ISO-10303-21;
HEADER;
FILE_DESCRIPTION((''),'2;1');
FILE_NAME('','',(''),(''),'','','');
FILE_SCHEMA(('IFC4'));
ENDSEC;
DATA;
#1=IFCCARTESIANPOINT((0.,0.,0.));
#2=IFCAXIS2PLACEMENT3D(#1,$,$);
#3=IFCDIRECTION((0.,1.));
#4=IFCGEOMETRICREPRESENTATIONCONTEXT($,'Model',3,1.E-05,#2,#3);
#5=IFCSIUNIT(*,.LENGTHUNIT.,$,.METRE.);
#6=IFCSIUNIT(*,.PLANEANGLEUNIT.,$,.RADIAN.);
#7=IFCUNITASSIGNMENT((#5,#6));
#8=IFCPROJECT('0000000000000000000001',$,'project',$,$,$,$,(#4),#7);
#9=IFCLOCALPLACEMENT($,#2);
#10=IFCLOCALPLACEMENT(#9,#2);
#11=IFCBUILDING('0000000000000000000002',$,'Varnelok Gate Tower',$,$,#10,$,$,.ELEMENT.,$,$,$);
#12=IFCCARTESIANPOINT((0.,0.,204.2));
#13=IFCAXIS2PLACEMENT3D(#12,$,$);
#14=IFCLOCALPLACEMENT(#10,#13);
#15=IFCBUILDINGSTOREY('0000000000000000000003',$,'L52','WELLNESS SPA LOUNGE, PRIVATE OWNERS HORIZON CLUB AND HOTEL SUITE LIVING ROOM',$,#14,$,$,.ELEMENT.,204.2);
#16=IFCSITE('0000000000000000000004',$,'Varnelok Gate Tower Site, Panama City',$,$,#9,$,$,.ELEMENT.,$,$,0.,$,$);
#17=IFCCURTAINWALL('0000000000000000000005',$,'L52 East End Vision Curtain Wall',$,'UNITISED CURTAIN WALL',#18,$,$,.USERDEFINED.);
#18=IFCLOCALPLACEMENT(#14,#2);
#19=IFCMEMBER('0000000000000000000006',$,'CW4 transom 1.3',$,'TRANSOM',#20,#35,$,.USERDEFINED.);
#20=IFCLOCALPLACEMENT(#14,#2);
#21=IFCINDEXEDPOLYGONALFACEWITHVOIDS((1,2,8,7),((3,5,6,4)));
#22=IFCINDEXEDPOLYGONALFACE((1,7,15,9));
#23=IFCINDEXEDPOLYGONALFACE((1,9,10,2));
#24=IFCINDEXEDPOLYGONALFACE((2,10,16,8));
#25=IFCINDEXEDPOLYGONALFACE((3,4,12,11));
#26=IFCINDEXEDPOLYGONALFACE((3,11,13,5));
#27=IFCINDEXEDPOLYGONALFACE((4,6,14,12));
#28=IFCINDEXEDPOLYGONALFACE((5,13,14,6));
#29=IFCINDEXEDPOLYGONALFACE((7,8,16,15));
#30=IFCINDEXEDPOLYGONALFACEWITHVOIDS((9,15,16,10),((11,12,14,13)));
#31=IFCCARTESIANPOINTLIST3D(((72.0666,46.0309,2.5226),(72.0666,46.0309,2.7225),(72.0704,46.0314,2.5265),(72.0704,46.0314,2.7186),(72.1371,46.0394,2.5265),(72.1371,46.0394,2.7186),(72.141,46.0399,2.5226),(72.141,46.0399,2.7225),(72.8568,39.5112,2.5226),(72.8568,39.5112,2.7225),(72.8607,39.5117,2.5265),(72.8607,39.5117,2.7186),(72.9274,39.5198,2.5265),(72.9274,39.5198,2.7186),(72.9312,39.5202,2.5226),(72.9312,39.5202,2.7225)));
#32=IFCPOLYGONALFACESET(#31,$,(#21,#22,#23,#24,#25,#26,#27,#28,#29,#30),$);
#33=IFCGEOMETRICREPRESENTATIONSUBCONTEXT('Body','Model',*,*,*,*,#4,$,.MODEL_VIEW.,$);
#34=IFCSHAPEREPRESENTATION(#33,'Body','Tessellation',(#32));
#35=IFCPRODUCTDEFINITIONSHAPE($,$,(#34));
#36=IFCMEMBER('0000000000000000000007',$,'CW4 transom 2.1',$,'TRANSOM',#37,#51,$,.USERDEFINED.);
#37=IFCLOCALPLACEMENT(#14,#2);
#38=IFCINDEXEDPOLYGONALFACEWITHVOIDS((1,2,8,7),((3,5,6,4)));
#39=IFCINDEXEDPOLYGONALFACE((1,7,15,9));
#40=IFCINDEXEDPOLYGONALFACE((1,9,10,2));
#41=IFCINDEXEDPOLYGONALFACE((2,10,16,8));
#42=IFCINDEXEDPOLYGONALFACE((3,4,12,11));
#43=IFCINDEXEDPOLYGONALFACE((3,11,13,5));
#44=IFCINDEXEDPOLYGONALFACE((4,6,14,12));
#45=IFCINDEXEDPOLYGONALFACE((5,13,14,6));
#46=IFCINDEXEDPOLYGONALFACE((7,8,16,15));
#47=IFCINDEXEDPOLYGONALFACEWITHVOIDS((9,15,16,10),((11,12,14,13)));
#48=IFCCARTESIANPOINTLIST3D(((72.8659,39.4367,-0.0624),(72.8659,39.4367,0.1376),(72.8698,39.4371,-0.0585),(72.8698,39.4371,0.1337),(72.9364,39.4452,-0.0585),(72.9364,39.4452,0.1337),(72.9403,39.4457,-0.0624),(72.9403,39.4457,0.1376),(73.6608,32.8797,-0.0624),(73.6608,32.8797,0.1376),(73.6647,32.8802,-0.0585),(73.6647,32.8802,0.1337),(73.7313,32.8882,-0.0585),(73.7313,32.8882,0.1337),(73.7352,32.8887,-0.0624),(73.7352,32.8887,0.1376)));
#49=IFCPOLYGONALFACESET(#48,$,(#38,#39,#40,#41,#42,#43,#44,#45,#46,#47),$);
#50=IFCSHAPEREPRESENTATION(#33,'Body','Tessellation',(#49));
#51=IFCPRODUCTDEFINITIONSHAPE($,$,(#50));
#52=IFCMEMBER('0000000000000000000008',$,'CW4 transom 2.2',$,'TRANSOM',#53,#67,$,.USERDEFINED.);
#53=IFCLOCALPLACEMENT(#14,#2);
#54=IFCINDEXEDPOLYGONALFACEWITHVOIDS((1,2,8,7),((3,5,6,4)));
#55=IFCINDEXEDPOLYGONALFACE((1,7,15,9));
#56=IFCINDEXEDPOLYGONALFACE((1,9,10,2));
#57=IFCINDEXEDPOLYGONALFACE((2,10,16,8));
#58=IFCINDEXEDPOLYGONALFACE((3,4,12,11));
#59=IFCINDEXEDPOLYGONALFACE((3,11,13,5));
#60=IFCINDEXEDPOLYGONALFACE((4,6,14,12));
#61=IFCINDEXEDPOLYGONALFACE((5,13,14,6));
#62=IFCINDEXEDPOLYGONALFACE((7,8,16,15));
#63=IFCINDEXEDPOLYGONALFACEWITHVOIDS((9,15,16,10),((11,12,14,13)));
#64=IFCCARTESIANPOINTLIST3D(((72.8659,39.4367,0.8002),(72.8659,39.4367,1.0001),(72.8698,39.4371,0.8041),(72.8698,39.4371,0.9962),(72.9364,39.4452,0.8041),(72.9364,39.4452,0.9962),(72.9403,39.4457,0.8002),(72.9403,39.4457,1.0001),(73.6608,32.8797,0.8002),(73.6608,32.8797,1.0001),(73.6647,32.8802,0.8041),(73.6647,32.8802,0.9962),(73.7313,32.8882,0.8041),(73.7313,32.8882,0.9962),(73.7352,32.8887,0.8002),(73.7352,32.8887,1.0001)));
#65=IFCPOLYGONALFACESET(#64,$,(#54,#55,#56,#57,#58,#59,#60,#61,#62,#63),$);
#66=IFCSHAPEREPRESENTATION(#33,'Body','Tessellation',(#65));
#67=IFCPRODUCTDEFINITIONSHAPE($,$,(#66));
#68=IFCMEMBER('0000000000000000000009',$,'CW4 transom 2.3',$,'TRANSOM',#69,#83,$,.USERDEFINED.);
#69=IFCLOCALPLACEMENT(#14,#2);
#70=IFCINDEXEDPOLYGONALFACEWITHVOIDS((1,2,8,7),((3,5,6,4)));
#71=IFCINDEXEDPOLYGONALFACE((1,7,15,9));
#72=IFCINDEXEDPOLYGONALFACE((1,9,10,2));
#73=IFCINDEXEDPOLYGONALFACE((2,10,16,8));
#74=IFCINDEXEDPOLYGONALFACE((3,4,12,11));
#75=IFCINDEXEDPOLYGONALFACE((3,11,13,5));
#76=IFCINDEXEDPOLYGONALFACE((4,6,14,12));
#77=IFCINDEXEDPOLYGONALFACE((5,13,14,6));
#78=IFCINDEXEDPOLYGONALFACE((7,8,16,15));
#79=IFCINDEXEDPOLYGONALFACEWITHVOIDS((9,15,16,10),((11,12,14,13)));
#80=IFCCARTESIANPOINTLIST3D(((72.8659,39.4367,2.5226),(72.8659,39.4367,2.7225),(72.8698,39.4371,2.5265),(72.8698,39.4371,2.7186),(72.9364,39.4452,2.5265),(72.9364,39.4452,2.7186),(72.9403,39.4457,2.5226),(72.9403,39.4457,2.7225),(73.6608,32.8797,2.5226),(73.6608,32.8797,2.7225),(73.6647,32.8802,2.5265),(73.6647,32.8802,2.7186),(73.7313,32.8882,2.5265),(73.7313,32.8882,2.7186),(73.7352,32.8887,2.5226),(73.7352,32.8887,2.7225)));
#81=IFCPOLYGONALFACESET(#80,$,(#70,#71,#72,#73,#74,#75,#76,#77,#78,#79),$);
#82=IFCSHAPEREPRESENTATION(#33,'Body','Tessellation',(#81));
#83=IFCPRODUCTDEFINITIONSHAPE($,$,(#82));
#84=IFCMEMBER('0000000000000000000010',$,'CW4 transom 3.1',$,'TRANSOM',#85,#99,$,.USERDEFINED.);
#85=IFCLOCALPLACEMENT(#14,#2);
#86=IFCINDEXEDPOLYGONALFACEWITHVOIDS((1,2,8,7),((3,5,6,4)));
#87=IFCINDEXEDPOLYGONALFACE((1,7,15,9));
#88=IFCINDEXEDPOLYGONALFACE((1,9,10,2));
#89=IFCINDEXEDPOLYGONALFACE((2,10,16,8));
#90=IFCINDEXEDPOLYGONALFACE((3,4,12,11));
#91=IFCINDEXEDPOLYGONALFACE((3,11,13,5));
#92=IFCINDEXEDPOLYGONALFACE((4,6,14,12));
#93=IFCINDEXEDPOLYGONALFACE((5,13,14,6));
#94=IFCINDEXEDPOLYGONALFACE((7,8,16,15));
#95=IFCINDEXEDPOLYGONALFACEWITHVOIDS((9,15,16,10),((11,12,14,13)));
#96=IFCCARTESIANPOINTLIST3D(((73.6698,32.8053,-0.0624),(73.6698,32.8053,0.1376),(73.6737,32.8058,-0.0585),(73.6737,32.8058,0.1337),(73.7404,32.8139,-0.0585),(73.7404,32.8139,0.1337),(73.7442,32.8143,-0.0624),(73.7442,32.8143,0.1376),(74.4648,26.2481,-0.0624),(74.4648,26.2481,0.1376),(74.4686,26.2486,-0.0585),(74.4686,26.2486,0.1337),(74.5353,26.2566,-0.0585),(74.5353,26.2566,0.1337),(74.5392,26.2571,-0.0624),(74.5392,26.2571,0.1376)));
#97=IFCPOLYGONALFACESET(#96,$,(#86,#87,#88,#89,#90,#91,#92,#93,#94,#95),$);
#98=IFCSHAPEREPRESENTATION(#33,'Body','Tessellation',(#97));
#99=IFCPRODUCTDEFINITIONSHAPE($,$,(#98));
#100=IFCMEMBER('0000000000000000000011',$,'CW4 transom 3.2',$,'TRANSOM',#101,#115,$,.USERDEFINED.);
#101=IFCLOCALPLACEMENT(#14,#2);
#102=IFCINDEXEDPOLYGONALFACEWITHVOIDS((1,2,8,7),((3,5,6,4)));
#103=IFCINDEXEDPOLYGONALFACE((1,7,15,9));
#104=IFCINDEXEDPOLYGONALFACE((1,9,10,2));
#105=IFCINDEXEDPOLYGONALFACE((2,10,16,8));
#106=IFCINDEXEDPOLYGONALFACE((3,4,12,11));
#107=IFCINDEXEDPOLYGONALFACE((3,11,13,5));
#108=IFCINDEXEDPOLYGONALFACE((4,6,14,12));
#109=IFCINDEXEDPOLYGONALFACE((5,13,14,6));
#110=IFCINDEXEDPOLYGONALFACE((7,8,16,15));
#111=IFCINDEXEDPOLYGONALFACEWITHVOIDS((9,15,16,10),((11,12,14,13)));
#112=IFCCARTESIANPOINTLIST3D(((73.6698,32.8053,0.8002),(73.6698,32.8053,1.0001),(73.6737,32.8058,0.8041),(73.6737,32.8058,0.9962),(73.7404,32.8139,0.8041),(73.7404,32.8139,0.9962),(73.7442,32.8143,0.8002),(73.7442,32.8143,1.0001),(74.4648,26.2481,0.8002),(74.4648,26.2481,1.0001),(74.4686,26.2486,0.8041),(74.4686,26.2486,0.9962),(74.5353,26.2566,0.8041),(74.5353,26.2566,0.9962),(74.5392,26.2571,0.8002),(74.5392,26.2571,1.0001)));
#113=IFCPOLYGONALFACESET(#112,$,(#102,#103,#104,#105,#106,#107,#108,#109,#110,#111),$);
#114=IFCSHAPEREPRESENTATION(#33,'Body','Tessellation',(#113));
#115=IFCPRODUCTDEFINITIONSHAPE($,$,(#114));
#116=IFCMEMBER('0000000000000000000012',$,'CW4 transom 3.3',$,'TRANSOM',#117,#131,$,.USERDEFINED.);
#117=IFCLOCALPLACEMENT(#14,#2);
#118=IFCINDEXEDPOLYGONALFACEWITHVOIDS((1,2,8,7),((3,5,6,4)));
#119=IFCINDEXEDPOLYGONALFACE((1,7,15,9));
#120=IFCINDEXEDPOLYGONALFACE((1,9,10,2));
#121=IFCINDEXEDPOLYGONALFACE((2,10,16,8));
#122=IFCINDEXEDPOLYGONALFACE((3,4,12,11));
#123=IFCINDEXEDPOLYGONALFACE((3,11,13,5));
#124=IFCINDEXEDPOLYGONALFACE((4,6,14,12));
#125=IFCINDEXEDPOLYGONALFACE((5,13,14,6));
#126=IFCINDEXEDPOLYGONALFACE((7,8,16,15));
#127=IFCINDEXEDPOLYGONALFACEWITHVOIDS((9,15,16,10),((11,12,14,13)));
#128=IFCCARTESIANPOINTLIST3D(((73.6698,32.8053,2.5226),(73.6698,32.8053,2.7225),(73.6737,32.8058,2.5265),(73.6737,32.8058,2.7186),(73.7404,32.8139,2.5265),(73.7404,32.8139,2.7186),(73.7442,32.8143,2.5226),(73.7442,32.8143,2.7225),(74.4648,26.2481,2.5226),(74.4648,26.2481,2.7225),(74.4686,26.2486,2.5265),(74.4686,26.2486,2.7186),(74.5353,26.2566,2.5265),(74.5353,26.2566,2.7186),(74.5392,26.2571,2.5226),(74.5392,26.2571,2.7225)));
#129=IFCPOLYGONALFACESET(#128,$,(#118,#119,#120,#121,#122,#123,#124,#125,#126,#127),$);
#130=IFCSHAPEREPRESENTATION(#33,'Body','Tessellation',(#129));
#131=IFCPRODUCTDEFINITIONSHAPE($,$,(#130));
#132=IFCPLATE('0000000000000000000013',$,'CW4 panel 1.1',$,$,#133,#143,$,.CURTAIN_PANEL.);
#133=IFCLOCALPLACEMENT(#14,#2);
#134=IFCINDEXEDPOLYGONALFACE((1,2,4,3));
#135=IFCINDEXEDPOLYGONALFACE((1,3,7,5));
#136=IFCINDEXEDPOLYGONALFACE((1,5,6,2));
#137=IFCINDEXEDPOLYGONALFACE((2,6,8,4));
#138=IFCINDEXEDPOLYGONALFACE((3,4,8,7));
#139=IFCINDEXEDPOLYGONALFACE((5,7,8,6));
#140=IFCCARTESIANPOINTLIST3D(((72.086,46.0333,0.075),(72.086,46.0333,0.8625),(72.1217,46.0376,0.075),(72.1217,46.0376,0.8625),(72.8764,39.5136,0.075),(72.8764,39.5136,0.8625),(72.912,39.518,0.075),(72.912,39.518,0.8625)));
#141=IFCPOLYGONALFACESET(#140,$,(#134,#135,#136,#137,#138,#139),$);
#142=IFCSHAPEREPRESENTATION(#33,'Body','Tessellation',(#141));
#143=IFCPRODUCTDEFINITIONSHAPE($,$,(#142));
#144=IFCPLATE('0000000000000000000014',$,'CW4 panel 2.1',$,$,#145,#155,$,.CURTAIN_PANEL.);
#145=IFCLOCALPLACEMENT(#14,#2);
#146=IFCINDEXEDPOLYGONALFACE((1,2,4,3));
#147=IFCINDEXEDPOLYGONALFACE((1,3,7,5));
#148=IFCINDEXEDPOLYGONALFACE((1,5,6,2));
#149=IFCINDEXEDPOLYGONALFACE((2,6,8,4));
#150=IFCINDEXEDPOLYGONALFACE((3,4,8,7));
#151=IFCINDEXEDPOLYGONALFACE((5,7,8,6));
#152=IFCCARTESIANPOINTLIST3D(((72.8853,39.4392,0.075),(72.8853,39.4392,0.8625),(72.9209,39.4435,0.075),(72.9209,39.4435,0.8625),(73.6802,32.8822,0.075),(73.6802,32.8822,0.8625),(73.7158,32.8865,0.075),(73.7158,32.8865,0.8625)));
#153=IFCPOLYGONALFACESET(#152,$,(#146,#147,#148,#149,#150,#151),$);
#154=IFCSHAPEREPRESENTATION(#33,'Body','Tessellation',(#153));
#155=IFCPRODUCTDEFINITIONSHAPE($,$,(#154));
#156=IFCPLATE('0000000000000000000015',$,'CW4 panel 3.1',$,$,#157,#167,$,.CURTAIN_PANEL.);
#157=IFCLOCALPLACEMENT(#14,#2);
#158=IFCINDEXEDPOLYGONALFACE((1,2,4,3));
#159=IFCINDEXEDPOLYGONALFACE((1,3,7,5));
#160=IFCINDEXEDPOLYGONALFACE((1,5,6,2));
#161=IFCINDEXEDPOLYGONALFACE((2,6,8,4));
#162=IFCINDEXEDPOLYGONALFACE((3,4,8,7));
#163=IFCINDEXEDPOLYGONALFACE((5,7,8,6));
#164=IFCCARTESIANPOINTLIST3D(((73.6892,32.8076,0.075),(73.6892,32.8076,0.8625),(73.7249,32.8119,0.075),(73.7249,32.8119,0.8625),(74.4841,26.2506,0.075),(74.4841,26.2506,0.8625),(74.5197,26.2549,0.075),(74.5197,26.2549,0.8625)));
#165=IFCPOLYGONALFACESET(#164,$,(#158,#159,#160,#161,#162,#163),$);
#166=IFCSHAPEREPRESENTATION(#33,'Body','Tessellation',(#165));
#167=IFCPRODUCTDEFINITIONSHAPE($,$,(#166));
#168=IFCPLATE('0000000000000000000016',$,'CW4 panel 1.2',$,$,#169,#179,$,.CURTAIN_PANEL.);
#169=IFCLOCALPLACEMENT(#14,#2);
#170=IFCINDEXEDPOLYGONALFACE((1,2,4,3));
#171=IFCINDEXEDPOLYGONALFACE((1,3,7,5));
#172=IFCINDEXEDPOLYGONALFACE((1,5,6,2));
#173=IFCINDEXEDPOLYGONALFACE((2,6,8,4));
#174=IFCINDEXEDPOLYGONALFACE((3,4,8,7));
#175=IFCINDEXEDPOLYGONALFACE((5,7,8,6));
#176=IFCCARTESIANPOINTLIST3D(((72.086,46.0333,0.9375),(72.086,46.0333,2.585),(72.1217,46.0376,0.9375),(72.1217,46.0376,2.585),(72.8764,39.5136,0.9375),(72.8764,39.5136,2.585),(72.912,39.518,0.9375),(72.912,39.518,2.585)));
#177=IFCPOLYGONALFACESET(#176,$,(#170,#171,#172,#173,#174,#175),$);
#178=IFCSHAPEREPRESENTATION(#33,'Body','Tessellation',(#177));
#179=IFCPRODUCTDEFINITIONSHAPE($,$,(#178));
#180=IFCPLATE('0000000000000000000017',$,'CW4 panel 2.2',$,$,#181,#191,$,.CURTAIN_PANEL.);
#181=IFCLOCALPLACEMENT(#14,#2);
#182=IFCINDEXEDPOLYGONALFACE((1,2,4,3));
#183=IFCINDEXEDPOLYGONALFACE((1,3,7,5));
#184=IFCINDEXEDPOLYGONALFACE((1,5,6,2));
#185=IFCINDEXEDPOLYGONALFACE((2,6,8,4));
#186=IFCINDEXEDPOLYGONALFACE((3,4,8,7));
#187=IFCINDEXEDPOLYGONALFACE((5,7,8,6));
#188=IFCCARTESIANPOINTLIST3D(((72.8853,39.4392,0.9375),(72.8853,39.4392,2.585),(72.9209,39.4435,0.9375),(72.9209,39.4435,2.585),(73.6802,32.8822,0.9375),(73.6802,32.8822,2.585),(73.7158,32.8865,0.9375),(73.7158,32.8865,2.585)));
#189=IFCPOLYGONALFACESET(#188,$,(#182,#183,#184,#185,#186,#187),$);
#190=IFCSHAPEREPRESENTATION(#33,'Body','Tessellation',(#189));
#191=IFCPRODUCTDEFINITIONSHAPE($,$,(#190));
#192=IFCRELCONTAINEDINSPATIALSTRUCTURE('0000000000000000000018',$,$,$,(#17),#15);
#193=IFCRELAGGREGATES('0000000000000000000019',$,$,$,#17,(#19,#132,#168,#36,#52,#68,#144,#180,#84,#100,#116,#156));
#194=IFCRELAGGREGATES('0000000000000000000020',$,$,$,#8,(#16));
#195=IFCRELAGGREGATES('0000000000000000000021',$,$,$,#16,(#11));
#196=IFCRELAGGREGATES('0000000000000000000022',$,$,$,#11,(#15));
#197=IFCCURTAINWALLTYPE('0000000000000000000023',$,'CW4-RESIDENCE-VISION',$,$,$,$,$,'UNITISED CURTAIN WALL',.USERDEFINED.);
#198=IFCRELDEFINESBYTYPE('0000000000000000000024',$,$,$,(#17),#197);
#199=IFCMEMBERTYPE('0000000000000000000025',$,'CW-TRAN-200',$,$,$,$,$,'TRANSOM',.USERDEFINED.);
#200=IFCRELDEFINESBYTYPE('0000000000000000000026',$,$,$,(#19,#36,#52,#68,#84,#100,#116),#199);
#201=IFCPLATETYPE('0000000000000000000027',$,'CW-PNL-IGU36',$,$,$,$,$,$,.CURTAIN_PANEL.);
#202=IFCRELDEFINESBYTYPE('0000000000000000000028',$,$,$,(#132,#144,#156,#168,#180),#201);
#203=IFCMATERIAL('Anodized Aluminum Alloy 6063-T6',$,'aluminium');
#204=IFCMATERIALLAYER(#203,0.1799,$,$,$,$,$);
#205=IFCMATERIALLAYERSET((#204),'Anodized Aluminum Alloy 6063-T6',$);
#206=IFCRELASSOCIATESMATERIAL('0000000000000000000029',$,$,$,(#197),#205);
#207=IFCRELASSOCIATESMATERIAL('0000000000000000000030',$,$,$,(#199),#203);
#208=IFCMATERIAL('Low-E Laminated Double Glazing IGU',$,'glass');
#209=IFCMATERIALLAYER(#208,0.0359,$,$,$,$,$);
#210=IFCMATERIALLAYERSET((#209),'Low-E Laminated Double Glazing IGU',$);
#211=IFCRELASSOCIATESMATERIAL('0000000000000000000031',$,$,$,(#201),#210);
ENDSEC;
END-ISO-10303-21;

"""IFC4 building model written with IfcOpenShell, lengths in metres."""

from ifc_helpers import new_model, si_unit, direction, frame, origin, origin_2d, place, context, subcontext, project, spatial, rectangle, hollow_rectangle, extrude, source, transform, mapped, material, layer, layer_set, material_profile, profile_set, type_object, element, aggregate, save


model = new_model("IFC4")

# Units and contexts
model_context = context("Model", 3, precision=1e-05, world=origin(), true_north=direction((0.0, 1.0)))
body_context = subcontext(model_context, "Body", "Model", "MODEL_VIEW")
ifc_project = project(units=[si_unit("LENGTHUNIT", "METRE"), si_unit("PLANEANGLEUNIT", "RADIAN")], contexts=[model_context])

# Site, building, storey
site_placement = place(None, origin())
site = spatial("IfcSite", under=ifc_project, at=site_placement, Name="Varnelok Gate Tower Site, Panama City", CompositionType="ELEMENT", RefElevation=0.0)
building_placement = place(site_placement, origin())
building = spatial("IfcBuilding", under=site, at=building_placement, Name="Varnelok Gate Tower", CompositionType="ELEMENT")
storey_placement = place(building_placement, frame((0.0, 0.0, 204.2)))
storey = spatial("IfcBuildingStorey", under=building, at=storey_placement, Name="L52", Description="WELLNESS SPA LOUNGE, PRIVATE OWNERS HORIZON CLUB AND HOTEL SUITE LIVING ROOM", CompositionType="ELEMENT", Elevation=204.2)

# Curtain wall, members, plates
ifc_material_1 = material(Name="Anodized Aluminum Alloy 6063-T6", Category="aluminium")
ifc_layer_1 = layer(ifc_material_1, 0.1799)
ifc_layer_set_1 = layer_set([ifc_layer_1], Name="Anodized Aluminum Alloy 6063-T6")
curtain_wall_type = type_object("IfcCurtainWallType", Name="CW4-RESIDENCE-VISION", ElementType="UNITISED CURTAIN WALL", PredefinedType="USERDEFINED", material=ifc_layer_set_1)
curtain_wall_placement = place(storey_placement, origin())
curtain_wall = element("IfcCurtainWall", 1, at=curtain_wall_placement, inside=storey, type_object=curtain_wall_type, Name="L52 East End Vision Curtain Wall", ObjectType="UNITISED CURTAIN WALL", PredefinedType="USERDEFINED")
ifc_material_profile_1 = material_profile(ifc_material_1, hollow_rectangle(XDim=0.075, YDim=0.2, WallThickness=0.0039, at=origin_2d()), Name="ALU200X75X4")
ifc_profile_set_1 = profile_set([ifc_material_profile_1], Name="Anodized Aluminum Alloy 6063-T6")
member_type_1 = type_object("IfcMemberType", Name="CW-TRAN-200", ElementType="TRANSOM", PredefinedType="USERDEFINED", material=ifc_profile_set_1)
member_1_placement = place(storey_placement, frame((72.1038, 46.0354, 2.6226), z_axis=(0.120332, -0.992734, 0.0), x_axis=(0.992734, 0.120332, 0.0)))
member_1 = element("IfcMember", 2, at=member_1_placement, type_object=member_type_1, Name="CW4 transom 1.3", ObjectType="TRANSOM", PredefinedType="USERDEFINED", context=body_context, shape_type="SweptSolid", body=[
    extrude(hollow_rectangle(XDim=0.075, YDim=0.2, WallThickness=0.0039, at=origin_2d()), origin(), (0.0, 0.0, 1.0), 6.5674),
])
member_2_placement = place(storey_placement, frame((72.9031, 39.4412, 0.0376), z_axis=(0.120353, -0.992731, 0.0), x_axis=(0.992731, 0.120353, 0.0)))
member_2 = element("IfcMember", 3, at=member_2_placement, type_object=member_type_1, Name="CW4 transom 2.1", ObjectType="TRANSOM", PredefinedType="USERDEFINED", context=body_context, shape_type="SweptSolid", body=[
    extrude(hollow_rectangle(XDim=0.075, YDim=0.2, WallThickness=0.0039, at=origin_2d()), origin(), (0.0, 0.0, 1.0), 6.605),
])
member_3_placement = place(storey_placement, frame((72.9031, 39.4412, 0.9001), z_axis=(0.120353, -0.992731, 0.0), x_axis=(0.992731, 0.120353, 0.0)))
member_3 = element("IfcMember", 4, at=member_3_placement, type_object=member_type_1, Name="CW4 transom 2.2", ObjectType="TRANSOM", PredefinedType="USERDEFINED", context=body_context, shape_type="SweptSolid", body=[
    extrude(hollow_rectangle(XDim=0.075, YDim=0.2, WallThickness=0.0039, at=origin_2d()), origin(), (0.0, 0.0, 1.0), 6.605),
])
member_4_placement = place(storey_placement, frame((72.9031, 39.4412, 2.6226), z_axis=(0.120353, -0.992731, 0.0), x_axis=(0.992731, 0.120353, 0.0)))
member_4 = element("IfcMember", 5, at=member_4_placement, type_object=member_type_1, Name="CW4 transom 2.3", ObjectType="TRANSOM", PredefinedType="USERDEFINED", context=body_context, shape_type="SweptSolid", body=[
    extrude(hollow_rectangle(XDim=0.075, YDim=0.2, WallThickness=0.0039, at=origin_2d()), origin(), (0.0, 0.0, 1.0), 6.605),
])
member_5_placement = place(storey_placement, frame((73.707, 32.8098, 0.0376), z_axis=(0.120349, -0.992732, 0.0), x_axis=(0.992732, 0.120349, 0.0)))
member_5 = element("IfcMember", 6, at=member_5_placement, type_object=member_type_1, Name="CW4 transom 3.1", ObjectType="TRANSOM", PredefinedType="USERDEFINED", context=body_context, shape_type="SweptSolid", body=[
    extrude(hollow_rectangle(XDim=0.075, YDim=0.2, WallThickness=0.0039, at=origin_2d()), origin(), (0.0, 0.0, 1.0), 6.6052),
])
member_6_placement = place(storey_placement, frame((73.707, 32.8098, 0.9001), z_axis=(0.120349, -0.992732, 0.0), x_axis=(0.992732, 0.120349, 0.0)))
member_6 = element("IfcMember", 7, at=member_6_placement, type_object=member_type_1, Name="CW4 transom 3.2", ObjectType="TRANSOM", PredefinedType="USERDEFINED", context=body_context, shape_type="SweptSolid", body=[
    extrude(hollow_rectangle(XDim=0.075, YDim=0.2, WallThickness=0.0039, at=origin_2d()), origin(), (0.0, 0.0, 1.0), 6.6052),
])
member_7_placement = place(storey_placement, frame((73.707, 32.8098, 2.6226), z_axis=(0.120349, -0.992732, 0.0), x_axis=(0.992732, 0.120349, 0.0)))
member_7 = element("IfcMember", 8, at=member_7_placement, type_object=member_type_1, Name="CW4 transom 3.3", ObjectType="TRANSOM", PredefinedType="USERDEFINED", context=body_context, shape_type="SweptSolid", body=[
    extrude(hollow_rectangle(XDim=0.075, YDim=0.2, WallThickness=0.0039, at=origin_2d()), origin(), (0.0, 0.0, 1.0), 6.6052),
])
ifc_material_2 = material(Name="Low-E Laminated Double Glazing IGU", Category="glass")
ifc_layer_2 = layer(ifc_material_2, 0.0359)
ifc_layer_set_2 = layer_set([ifc_layer_2], Name="Low-E Laminated Double Glazing IGU")
plate_type = type_object("IfcPlateType", Name="CW-PNL-IGU36", PredefinedType="CURTAIN_PANEL", material=ifc_layer_set_2)
shared_shape_1 = source(origin(), body_context, "Body", "SweptSolid", [
    extrude(rectangle(XDim=6.5674, YDim=0.0359, at=origin_2d()), origin(), (0.0, 0.0, 1.0), 0.7876),
])
plate_1_placement = place(storey_placement, frame((72.499, 42.7756, 0.075), z_axis=(0.0, 0.0, 1.0), x_axis=(0.120345, -0.992732, 0.0)))
plate_1 = element("IfcPlate", 9, at=plate_1_placement, type_object=plate_type, Name="CW4 panel 1.1", PredefinedType="CURTAIN_PANEL", context=body_context, shape_type="MappedRepresentation", body=[
    mapped(shared_shape_1, transform((0.0, 0.0, 0.0), scale=1.0)),
])
shared_shape_2 = source(origin(), body_context, "Body", "SweptSolid", [
    extrude(rectangle(XDim=6.605, YDim=0.0359, at=origin_2d()), origin(), (0.0, 0.0, 1.0), 0.7876),
])
plate_2_placement = place(storey_placement, frame((73.3005, 36.1628, 0.075), z_axis=(0.0, 0.0, 1.0), x_axis=(0.120345, -0.992732, 0.0)))
plate_2 = element("IfcPlate", 10, at=plate_2_placement, type_object=plate_type, Name="CW4 panel 2.1", PredefinedType="CURTAIN_PANEL", context=body_context, shape_type="MappedRepresentation", body=[
    mapped(shared_shape_2, transform((0.0, 0.0, 0.0), scale=1.0)),
])
plate_3_placement = place(storey_placement, frame((74.1045, 29.5312, 0.075), z_axis=(0.0, 0.0, 1.0), x_axis=(0.120345, -0.992732, 0.0)))
plate_3 = element("IfcPlate", 11, at=plate_3_placement, type_object=plate_type, Name="CW4 panel 3.1", PredefinedType="CURTAIN_PANEL", context=body_context, shape_type="MappedRepresentation", body=[
    mapped(shared_shape_2, transform((0.0, 0.0, 0.0), scale=1.0)),
])
shared_shape_3 = source(origin(), body_context, "Body", "SweptSolid", [
    extrude(rectangle(XDim=6.5674, YDim=0.0359, at=origin_2d()), origin(), (0.0, 0.0, 1.0), 1.6475),
])
plate_4_placement = place(storey_placement, frame((72.499, 42.7756, 0.9375), z_axis=(0.0, 0.0, 1.0), x_axis=(0.120345, -0.992732, 0.0)))
plate_4 = element("IfcPlate", 12, at=plate_4_placement, type_object=plate_type, Name="CW4 panel 1.2", PredefinedType="CURTAIN_PANEL", context=body_context, shape_type="MappedRepresentation", body=[
    mapped(shared_shape_3, transform((0.0, 0.0, 0.0), scale=1.0)),
])
shared_shape_4 = source(origin(), body_context, "Body", "SweptSolid", [
    extrude(rectangle(XDim=6.605, YDim=0.0359, at=origin_2d()), origin(), (0.0, 0.0, 1.0), 1.6475),
])
plate_5_placement = place(storey_placement, frame((73.3005, 36.1628, 0.9375), z_axis=(0.0, 0.0, 1.0), x_axis=(0.120345, -0.992732, 0.0)))
plate_5 = element("IfcPlate", 13, at=plate_5_placement, type_object=plate_type, Name="CW4 panel 2.2", PredefinedType="CURTAIN_PANEL", context=body_context, shape_type="MappedRepresentation", body=[
    mapped(shared_shape_4, transform((0.0, 0.0, 0.0), scale=1.0)),
])
aggregate(curtain_wall, [member_1, plate_1, plate_4, member_2, member_3, member_4, plate_2, plate_5, member_5, member_6, member_7, plate_3])

save(model, "model.ifc")
